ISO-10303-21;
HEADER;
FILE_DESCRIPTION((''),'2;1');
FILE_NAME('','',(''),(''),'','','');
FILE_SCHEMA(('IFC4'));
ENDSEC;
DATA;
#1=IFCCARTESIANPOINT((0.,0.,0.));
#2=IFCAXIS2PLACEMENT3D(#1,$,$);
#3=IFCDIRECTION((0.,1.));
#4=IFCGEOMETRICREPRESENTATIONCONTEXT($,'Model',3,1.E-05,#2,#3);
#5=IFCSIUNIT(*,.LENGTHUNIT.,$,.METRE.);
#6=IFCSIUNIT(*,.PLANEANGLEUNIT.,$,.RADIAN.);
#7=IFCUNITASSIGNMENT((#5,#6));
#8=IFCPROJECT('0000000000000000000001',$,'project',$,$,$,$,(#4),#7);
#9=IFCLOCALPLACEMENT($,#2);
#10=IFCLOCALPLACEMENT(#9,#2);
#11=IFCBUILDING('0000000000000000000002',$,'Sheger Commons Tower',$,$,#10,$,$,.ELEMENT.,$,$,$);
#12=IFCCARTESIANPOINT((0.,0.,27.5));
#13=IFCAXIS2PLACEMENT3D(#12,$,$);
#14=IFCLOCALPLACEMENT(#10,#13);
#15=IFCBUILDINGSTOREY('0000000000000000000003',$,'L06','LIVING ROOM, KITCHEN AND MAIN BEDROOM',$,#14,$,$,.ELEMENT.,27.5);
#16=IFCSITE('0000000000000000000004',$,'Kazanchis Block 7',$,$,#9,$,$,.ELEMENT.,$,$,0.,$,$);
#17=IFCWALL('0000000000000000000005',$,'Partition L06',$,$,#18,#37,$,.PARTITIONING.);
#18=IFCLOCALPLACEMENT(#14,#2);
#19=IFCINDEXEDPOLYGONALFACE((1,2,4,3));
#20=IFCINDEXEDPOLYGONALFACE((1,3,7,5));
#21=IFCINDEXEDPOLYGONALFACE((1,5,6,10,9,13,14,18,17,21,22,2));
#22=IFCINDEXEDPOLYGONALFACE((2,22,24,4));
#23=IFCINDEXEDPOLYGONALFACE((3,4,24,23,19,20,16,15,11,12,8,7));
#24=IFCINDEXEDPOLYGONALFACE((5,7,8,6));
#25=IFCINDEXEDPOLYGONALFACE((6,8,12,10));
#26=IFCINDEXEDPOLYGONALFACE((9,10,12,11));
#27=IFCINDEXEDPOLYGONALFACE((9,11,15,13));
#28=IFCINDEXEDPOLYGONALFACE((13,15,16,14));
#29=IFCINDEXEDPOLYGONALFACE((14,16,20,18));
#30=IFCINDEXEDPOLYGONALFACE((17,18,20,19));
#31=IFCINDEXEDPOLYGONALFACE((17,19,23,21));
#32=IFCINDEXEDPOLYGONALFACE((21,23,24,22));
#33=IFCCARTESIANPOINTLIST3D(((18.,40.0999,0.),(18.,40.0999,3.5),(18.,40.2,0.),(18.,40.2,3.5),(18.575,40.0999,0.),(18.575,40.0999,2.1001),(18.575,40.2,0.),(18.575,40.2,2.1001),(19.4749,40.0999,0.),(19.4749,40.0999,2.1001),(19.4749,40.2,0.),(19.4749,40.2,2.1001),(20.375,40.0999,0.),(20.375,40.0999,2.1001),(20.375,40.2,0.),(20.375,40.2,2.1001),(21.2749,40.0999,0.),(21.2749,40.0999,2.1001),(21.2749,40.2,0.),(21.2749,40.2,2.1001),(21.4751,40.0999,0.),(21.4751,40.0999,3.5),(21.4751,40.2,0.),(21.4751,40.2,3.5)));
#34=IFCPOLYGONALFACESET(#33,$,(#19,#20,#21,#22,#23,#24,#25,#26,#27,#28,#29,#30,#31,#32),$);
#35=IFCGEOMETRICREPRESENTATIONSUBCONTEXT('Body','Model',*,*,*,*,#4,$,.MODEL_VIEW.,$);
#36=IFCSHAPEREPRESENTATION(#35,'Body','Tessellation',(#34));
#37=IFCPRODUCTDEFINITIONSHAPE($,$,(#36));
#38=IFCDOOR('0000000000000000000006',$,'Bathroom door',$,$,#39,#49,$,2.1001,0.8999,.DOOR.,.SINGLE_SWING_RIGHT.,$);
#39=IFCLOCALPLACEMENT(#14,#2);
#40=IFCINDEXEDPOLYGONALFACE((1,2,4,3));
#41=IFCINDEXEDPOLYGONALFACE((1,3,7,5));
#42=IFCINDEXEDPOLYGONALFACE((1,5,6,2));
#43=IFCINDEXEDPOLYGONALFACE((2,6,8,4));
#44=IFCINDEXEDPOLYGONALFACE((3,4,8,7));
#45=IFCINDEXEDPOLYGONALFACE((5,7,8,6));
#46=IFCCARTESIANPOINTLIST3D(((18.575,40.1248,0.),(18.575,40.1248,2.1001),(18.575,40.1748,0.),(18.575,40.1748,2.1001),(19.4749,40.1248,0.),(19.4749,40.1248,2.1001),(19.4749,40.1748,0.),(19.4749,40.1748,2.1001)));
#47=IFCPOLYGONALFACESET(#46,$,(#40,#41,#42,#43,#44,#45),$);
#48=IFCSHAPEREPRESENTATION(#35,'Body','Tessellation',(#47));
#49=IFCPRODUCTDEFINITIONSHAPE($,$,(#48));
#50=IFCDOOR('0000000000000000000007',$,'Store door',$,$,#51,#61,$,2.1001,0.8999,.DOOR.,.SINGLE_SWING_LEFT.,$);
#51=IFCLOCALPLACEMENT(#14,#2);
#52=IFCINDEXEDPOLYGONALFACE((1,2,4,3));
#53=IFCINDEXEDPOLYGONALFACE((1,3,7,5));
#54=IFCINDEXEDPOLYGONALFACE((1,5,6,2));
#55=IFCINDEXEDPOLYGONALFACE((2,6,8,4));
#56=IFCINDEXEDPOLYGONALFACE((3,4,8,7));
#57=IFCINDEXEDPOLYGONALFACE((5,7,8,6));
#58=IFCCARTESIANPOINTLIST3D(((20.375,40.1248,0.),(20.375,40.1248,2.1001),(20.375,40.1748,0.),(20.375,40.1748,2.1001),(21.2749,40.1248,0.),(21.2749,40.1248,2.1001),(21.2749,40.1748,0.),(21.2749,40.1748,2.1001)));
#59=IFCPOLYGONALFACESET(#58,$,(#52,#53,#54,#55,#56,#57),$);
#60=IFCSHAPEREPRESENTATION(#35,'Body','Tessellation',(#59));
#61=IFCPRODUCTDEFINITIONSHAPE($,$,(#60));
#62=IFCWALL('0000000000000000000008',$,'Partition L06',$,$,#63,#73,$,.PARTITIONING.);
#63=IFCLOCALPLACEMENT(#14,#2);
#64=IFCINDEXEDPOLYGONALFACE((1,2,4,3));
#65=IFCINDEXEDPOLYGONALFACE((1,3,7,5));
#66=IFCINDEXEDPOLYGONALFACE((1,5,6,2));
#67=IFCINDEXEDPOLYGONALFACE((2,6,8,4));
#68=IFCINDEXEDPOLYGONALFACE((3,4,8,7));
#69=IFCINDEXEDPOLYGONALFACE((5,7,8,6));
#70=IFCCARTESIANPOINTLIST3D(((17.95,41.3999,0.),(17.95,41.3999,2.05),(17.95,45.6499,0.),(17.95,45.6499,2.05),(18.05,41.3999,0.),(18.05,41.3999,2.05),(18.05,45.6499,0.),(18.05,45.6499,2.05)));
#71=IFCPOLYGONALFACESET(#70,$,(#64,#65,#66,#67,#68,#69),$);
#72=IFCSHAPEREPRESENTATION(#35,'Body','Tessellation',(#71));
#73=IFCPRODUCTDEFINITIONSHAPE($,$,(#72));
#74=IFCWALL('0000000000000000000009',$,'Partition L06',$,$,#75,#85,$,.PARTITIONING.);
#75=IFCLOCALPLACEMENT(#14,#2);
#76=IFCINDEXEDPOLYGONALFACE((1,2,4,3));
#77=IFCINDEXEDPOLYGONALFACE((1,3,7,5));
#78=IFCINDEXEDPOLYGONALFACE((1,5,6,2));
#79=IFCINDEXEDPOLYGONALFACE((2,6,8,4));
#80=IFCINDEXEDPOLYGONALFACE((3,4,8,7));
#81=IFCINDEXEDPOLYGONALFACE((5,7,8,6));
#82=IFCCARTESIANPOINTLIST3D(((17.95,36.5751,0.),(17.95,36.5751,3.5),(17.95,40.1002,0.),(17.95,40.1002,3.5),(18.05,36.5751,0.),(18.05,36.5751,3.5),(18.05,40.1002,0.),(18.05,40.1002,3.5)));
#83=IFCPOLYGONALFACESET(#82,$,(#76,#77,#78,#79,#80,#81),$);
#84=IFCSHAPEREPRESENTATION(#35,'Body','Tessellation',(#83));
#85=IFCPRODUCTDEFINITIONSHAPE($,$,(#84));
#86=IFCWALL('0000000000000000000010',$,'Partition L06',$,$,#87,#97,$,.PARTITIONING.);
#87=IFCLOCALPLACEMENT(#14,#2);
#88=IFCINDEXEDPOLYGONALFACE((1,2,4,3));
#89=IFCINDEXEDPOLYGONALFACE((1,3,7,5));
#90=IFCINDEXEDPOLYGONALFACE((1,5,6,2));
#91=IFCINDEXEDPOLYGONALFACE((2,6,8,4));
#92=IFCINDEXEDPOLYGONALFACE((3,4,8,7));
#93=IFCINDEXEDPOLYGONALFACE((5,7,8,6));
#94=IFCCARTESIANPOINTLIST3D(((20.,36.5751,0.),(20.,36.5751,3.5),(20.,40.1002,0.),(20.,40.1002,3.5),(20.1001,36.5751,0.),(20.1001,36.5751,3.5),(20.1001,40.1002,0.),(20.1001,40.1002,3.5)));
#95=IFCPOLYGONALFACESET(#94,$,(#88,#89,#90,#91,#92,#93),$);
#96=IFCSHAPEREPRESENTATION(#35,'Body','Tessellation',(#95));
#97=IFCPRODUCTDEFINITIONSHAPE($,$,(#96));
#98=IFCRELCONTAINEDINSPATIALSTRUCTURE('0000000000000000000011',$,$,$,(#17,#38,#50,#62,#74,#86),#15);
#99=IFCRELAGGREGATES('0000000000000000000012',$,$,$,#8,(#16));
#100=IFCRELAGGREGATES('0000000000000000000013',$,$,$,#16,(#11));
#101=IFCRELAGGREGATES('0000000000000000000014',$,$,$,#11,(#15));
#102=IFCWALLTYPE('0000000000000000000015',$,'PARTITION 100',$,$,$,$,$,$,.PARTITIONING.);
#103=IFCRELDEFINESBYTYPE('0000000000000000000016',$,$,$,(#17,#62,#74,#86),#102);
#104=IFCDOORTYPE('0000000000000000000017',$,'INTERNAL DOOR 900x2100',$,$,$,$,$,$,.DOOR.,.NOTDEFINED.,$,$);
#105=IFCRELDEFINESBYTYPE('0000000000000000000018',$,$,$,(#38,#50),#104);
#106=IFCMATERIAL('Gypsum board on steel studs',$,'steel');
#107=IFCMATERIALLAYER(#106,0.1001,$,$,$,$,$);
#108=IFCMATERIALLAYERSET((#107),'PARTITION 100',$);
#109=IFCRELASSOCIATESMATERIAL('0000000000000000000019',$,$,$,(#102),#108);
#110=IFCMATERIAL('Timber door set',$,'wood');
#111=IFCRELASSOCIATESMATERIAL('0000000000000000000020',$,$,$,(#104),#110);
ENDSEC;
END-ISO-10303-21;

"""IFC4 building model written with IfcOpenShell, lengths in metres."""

from ifc_helpers import new_model, si_unit, direction, frame, frame_2d, origin, place, context, subcontext, project, spatial, rectangle, extrude, material, layer, layer_set, type_object, element, fill, save


model = new_model("IFC4")

# Units and contexts
model_context = context("Model", 3, precision=1e-05, world=origin(), true_north=direction((0.0, 1.0)))
body_context = subcontext(model_context, "Body", "Model", "MODEL_VIEW")
ifc_project = project(units=[si_unit("LENGTHUNIT", "METRE"), si_unit("PLANEANGLEUNIT", "RADIAN")], contexts=[model_context])

# Site, building, storey
site_placement = place(None, origin())
site = spatial("IfcSite", under=ifc_project, at=site_placement, Name="Kazanchis Block 7", CompositionType="ELEMENT", RefElevation=0.0)
building_placement = place(site_placement, origin())
building = spatial("IfcBuilding", under=site, at=building_placement, Name="Sheger Commons Tower", CompositionType="ELEMENT")
storey_placement = place(building_placement, frame((0.0, 0.0, 27.5)))
storey = spatial("IfcBuildingStorey", under=building, at=storey_placement, Name="L06", Description="LIVING ROOM, KITCHEN AND MAIN BEDROOM", CompositionType="ELEMENT", Elevation=27.5)

# Shared definitions
ifc_material_1 = material(Name="Gypsum board on steel studs", Category="steel")
ifc_layer_1 = layer(ifc_material_1, 0.1001)
ifc_layer_set_1 = layer_set([ifc_layer_1], Name="PARTITION 100")
wall_type_1 = type_object("IfcWallType", Name="PARTITION 100", PredefinedType="PARTITIONING", material=ifc_layer_set_1)
ifc_material_2 = material(Name="Timber door set", Category="wood")
door_type = type_object("IfcDoorType", Name="INTERNAL DOOR 900x2100", OperationType="NOTDEFINED", PredefinedType="DOOR", material=ifc_material_2)

# Wall, openings, doors
wall_1_placement = place(storey_placement, frame((18.0, 40.1499, 0.0), z_axis=(0.0, 0.0, 1.0), x_axis=(1.0, 0.0, 0.0)))
wall_1 = element("IfcWall", 1, at=wall_1_placement, inside=storey, type_object=wall_type_1, Name="Partition L06", PredefinedType="PARTITIONING", context=body_context, shape_type="SweptSolid", body=[
    extrude(rectangle(XDim=3.4751, YDim=0.1001, at=frame_2d((1.7375, 0.0))), origin(), (0.0, 0.0, 1.0), 3.5),
])
opening_1_placement = place(wall_1_placement, frame((0.575, 0.0, 0.0)))
opening_1 = element("IfcOpeningElement", 2, at=opening_1_placement, cuts=wall_1, PredefinedType="OPENING", context=body_context, shape_type="SweptSolid", body=[
    extrude(rectangle(XDim=0.8999, YDim=2.1001, at=frame_2d((0.45, 1.05))), frame((0.0, 0.0601, 0.0), z_axis=(0.0, -1.0, 0.0), x_axis=(1.0, 0.0, 0.0)), (0.0, 0.0, 1.0), 0.1201),
])
opening_2_placement = place(wall_1_placement, frame((2.375, 0.0, 0.0)))
opening_2 = element("IfcOpeningElement", 3, at=opening_2_placement, cuts=wall_1, PredefinedType="OPENING", context=body_context, shape_type="SweptSolid", body=[
    extrude(rectangle(XDim=0.8999, YDim=2.1001, at=frame_2d((0.45, 1.05))), frame((0.0, 0.0601, 0.0), z_axis=(0.0, -1.0, 0.0), x_axis=(1.0, 0.0, 0.0)), (0.0, 0.0, 1.0), 0.1201),
])
door_1_placement = place(opening_1_placement, origin())
door_1 = element("IfcDoor", 4, at=door_1_placement, inside=storey, type_object=door_type, Name="Bathroom door", OperationType="SINGLE_SWING_RIGHT", OverallHeight=2.1001, OverallWidth=0.8999, PredefinedType="DOOR", context=body_context, shape_type="SweptSolid", body=[
    extrude(rectangle(XDim=0.8999, YDim=2.1001, at=frame_2d((0.45, 1.05))), frame((0.0, 0.0249, 0.0), z_axis=(0.0, -1.0, 0.0), x_axis=(1.0, 0.0, 0.0)), (0.0, 0.0, 1.0), 0.05),
])
fill(opening_1, door_1)
door_2_placement = place(opening_2_placement, origin())
door_2 = element("IfcDoor", 5, at=door_2_placement, inside=storey, type_object=door_type, Name="Store door", OperationType="SINGLE_SWING_LEFT", OverallHeight=2.1001, OverallWidth=0.8999, PredefinedType="DOOR", context=body_context, shape_type="SweptSolid", body=[
    extrude(rectangle(XDim=0.8999, YDim=2.1001, at=frame_2d((0.45, 1.05))), frame((0.0, 0.0249, 0.0), z_axis=(0.0, -1.0, 0.0), x_axis=(1.0, 0.0, 0.0)), (0.0, 0.0, 1.0), 0.05),
])
fill(opening_2, door_2)

# Walls
wall_2_placement = place(storey_placement, frame((18.0, 41.3999, 0.0), z_axis=(0.0, 0.0, 1.0), x_axis=(0.0, 1.0, 0.0)))
element("IfcWall", 6, at=wall_2_placement, inside=storey, type_object=wall_type_1, Name="Partition L06", PredefinedType="PARTITIONING", context=body_context, shape_type="SweptSolid", body=[
    extrude(rectangle(XDim=4.25, YDim=0.1001, at=frame_2d((2.125, 0.0))), origin(), (0.0, 0.0, 1.0), 2.05),
])
for number, where, z_axis, x_axis, name in (
    (7, (18.0, 36.575, 0.0), (0.0, 0.0, 1.0), (0.0, 1.0, 0.0), "Partition L06"),
    (8, (20.05, 36.575, 0.0), (0.0, 0.0, 1.0), (0.0, 1.0, 0.0), "Partition L06"),
):
    element("IfcWall", number, at=place(storey_placement, frame(where, z_axis=z_axis, x_axis=x_axis)), inside=storey, type_object=wall_type_1, Name=name, PredefinedType="PARTITIONING", context=body_context, shape_type="SweptSolid", body=[
        extrude(rectangle(XDim=3.5251, YDim=0.1001, at=frame_2d((1.7627, 0.0))), origin(), (0.0, 0.0, 1.0), 3.5),
    ])

save(model, "model.ifc")
